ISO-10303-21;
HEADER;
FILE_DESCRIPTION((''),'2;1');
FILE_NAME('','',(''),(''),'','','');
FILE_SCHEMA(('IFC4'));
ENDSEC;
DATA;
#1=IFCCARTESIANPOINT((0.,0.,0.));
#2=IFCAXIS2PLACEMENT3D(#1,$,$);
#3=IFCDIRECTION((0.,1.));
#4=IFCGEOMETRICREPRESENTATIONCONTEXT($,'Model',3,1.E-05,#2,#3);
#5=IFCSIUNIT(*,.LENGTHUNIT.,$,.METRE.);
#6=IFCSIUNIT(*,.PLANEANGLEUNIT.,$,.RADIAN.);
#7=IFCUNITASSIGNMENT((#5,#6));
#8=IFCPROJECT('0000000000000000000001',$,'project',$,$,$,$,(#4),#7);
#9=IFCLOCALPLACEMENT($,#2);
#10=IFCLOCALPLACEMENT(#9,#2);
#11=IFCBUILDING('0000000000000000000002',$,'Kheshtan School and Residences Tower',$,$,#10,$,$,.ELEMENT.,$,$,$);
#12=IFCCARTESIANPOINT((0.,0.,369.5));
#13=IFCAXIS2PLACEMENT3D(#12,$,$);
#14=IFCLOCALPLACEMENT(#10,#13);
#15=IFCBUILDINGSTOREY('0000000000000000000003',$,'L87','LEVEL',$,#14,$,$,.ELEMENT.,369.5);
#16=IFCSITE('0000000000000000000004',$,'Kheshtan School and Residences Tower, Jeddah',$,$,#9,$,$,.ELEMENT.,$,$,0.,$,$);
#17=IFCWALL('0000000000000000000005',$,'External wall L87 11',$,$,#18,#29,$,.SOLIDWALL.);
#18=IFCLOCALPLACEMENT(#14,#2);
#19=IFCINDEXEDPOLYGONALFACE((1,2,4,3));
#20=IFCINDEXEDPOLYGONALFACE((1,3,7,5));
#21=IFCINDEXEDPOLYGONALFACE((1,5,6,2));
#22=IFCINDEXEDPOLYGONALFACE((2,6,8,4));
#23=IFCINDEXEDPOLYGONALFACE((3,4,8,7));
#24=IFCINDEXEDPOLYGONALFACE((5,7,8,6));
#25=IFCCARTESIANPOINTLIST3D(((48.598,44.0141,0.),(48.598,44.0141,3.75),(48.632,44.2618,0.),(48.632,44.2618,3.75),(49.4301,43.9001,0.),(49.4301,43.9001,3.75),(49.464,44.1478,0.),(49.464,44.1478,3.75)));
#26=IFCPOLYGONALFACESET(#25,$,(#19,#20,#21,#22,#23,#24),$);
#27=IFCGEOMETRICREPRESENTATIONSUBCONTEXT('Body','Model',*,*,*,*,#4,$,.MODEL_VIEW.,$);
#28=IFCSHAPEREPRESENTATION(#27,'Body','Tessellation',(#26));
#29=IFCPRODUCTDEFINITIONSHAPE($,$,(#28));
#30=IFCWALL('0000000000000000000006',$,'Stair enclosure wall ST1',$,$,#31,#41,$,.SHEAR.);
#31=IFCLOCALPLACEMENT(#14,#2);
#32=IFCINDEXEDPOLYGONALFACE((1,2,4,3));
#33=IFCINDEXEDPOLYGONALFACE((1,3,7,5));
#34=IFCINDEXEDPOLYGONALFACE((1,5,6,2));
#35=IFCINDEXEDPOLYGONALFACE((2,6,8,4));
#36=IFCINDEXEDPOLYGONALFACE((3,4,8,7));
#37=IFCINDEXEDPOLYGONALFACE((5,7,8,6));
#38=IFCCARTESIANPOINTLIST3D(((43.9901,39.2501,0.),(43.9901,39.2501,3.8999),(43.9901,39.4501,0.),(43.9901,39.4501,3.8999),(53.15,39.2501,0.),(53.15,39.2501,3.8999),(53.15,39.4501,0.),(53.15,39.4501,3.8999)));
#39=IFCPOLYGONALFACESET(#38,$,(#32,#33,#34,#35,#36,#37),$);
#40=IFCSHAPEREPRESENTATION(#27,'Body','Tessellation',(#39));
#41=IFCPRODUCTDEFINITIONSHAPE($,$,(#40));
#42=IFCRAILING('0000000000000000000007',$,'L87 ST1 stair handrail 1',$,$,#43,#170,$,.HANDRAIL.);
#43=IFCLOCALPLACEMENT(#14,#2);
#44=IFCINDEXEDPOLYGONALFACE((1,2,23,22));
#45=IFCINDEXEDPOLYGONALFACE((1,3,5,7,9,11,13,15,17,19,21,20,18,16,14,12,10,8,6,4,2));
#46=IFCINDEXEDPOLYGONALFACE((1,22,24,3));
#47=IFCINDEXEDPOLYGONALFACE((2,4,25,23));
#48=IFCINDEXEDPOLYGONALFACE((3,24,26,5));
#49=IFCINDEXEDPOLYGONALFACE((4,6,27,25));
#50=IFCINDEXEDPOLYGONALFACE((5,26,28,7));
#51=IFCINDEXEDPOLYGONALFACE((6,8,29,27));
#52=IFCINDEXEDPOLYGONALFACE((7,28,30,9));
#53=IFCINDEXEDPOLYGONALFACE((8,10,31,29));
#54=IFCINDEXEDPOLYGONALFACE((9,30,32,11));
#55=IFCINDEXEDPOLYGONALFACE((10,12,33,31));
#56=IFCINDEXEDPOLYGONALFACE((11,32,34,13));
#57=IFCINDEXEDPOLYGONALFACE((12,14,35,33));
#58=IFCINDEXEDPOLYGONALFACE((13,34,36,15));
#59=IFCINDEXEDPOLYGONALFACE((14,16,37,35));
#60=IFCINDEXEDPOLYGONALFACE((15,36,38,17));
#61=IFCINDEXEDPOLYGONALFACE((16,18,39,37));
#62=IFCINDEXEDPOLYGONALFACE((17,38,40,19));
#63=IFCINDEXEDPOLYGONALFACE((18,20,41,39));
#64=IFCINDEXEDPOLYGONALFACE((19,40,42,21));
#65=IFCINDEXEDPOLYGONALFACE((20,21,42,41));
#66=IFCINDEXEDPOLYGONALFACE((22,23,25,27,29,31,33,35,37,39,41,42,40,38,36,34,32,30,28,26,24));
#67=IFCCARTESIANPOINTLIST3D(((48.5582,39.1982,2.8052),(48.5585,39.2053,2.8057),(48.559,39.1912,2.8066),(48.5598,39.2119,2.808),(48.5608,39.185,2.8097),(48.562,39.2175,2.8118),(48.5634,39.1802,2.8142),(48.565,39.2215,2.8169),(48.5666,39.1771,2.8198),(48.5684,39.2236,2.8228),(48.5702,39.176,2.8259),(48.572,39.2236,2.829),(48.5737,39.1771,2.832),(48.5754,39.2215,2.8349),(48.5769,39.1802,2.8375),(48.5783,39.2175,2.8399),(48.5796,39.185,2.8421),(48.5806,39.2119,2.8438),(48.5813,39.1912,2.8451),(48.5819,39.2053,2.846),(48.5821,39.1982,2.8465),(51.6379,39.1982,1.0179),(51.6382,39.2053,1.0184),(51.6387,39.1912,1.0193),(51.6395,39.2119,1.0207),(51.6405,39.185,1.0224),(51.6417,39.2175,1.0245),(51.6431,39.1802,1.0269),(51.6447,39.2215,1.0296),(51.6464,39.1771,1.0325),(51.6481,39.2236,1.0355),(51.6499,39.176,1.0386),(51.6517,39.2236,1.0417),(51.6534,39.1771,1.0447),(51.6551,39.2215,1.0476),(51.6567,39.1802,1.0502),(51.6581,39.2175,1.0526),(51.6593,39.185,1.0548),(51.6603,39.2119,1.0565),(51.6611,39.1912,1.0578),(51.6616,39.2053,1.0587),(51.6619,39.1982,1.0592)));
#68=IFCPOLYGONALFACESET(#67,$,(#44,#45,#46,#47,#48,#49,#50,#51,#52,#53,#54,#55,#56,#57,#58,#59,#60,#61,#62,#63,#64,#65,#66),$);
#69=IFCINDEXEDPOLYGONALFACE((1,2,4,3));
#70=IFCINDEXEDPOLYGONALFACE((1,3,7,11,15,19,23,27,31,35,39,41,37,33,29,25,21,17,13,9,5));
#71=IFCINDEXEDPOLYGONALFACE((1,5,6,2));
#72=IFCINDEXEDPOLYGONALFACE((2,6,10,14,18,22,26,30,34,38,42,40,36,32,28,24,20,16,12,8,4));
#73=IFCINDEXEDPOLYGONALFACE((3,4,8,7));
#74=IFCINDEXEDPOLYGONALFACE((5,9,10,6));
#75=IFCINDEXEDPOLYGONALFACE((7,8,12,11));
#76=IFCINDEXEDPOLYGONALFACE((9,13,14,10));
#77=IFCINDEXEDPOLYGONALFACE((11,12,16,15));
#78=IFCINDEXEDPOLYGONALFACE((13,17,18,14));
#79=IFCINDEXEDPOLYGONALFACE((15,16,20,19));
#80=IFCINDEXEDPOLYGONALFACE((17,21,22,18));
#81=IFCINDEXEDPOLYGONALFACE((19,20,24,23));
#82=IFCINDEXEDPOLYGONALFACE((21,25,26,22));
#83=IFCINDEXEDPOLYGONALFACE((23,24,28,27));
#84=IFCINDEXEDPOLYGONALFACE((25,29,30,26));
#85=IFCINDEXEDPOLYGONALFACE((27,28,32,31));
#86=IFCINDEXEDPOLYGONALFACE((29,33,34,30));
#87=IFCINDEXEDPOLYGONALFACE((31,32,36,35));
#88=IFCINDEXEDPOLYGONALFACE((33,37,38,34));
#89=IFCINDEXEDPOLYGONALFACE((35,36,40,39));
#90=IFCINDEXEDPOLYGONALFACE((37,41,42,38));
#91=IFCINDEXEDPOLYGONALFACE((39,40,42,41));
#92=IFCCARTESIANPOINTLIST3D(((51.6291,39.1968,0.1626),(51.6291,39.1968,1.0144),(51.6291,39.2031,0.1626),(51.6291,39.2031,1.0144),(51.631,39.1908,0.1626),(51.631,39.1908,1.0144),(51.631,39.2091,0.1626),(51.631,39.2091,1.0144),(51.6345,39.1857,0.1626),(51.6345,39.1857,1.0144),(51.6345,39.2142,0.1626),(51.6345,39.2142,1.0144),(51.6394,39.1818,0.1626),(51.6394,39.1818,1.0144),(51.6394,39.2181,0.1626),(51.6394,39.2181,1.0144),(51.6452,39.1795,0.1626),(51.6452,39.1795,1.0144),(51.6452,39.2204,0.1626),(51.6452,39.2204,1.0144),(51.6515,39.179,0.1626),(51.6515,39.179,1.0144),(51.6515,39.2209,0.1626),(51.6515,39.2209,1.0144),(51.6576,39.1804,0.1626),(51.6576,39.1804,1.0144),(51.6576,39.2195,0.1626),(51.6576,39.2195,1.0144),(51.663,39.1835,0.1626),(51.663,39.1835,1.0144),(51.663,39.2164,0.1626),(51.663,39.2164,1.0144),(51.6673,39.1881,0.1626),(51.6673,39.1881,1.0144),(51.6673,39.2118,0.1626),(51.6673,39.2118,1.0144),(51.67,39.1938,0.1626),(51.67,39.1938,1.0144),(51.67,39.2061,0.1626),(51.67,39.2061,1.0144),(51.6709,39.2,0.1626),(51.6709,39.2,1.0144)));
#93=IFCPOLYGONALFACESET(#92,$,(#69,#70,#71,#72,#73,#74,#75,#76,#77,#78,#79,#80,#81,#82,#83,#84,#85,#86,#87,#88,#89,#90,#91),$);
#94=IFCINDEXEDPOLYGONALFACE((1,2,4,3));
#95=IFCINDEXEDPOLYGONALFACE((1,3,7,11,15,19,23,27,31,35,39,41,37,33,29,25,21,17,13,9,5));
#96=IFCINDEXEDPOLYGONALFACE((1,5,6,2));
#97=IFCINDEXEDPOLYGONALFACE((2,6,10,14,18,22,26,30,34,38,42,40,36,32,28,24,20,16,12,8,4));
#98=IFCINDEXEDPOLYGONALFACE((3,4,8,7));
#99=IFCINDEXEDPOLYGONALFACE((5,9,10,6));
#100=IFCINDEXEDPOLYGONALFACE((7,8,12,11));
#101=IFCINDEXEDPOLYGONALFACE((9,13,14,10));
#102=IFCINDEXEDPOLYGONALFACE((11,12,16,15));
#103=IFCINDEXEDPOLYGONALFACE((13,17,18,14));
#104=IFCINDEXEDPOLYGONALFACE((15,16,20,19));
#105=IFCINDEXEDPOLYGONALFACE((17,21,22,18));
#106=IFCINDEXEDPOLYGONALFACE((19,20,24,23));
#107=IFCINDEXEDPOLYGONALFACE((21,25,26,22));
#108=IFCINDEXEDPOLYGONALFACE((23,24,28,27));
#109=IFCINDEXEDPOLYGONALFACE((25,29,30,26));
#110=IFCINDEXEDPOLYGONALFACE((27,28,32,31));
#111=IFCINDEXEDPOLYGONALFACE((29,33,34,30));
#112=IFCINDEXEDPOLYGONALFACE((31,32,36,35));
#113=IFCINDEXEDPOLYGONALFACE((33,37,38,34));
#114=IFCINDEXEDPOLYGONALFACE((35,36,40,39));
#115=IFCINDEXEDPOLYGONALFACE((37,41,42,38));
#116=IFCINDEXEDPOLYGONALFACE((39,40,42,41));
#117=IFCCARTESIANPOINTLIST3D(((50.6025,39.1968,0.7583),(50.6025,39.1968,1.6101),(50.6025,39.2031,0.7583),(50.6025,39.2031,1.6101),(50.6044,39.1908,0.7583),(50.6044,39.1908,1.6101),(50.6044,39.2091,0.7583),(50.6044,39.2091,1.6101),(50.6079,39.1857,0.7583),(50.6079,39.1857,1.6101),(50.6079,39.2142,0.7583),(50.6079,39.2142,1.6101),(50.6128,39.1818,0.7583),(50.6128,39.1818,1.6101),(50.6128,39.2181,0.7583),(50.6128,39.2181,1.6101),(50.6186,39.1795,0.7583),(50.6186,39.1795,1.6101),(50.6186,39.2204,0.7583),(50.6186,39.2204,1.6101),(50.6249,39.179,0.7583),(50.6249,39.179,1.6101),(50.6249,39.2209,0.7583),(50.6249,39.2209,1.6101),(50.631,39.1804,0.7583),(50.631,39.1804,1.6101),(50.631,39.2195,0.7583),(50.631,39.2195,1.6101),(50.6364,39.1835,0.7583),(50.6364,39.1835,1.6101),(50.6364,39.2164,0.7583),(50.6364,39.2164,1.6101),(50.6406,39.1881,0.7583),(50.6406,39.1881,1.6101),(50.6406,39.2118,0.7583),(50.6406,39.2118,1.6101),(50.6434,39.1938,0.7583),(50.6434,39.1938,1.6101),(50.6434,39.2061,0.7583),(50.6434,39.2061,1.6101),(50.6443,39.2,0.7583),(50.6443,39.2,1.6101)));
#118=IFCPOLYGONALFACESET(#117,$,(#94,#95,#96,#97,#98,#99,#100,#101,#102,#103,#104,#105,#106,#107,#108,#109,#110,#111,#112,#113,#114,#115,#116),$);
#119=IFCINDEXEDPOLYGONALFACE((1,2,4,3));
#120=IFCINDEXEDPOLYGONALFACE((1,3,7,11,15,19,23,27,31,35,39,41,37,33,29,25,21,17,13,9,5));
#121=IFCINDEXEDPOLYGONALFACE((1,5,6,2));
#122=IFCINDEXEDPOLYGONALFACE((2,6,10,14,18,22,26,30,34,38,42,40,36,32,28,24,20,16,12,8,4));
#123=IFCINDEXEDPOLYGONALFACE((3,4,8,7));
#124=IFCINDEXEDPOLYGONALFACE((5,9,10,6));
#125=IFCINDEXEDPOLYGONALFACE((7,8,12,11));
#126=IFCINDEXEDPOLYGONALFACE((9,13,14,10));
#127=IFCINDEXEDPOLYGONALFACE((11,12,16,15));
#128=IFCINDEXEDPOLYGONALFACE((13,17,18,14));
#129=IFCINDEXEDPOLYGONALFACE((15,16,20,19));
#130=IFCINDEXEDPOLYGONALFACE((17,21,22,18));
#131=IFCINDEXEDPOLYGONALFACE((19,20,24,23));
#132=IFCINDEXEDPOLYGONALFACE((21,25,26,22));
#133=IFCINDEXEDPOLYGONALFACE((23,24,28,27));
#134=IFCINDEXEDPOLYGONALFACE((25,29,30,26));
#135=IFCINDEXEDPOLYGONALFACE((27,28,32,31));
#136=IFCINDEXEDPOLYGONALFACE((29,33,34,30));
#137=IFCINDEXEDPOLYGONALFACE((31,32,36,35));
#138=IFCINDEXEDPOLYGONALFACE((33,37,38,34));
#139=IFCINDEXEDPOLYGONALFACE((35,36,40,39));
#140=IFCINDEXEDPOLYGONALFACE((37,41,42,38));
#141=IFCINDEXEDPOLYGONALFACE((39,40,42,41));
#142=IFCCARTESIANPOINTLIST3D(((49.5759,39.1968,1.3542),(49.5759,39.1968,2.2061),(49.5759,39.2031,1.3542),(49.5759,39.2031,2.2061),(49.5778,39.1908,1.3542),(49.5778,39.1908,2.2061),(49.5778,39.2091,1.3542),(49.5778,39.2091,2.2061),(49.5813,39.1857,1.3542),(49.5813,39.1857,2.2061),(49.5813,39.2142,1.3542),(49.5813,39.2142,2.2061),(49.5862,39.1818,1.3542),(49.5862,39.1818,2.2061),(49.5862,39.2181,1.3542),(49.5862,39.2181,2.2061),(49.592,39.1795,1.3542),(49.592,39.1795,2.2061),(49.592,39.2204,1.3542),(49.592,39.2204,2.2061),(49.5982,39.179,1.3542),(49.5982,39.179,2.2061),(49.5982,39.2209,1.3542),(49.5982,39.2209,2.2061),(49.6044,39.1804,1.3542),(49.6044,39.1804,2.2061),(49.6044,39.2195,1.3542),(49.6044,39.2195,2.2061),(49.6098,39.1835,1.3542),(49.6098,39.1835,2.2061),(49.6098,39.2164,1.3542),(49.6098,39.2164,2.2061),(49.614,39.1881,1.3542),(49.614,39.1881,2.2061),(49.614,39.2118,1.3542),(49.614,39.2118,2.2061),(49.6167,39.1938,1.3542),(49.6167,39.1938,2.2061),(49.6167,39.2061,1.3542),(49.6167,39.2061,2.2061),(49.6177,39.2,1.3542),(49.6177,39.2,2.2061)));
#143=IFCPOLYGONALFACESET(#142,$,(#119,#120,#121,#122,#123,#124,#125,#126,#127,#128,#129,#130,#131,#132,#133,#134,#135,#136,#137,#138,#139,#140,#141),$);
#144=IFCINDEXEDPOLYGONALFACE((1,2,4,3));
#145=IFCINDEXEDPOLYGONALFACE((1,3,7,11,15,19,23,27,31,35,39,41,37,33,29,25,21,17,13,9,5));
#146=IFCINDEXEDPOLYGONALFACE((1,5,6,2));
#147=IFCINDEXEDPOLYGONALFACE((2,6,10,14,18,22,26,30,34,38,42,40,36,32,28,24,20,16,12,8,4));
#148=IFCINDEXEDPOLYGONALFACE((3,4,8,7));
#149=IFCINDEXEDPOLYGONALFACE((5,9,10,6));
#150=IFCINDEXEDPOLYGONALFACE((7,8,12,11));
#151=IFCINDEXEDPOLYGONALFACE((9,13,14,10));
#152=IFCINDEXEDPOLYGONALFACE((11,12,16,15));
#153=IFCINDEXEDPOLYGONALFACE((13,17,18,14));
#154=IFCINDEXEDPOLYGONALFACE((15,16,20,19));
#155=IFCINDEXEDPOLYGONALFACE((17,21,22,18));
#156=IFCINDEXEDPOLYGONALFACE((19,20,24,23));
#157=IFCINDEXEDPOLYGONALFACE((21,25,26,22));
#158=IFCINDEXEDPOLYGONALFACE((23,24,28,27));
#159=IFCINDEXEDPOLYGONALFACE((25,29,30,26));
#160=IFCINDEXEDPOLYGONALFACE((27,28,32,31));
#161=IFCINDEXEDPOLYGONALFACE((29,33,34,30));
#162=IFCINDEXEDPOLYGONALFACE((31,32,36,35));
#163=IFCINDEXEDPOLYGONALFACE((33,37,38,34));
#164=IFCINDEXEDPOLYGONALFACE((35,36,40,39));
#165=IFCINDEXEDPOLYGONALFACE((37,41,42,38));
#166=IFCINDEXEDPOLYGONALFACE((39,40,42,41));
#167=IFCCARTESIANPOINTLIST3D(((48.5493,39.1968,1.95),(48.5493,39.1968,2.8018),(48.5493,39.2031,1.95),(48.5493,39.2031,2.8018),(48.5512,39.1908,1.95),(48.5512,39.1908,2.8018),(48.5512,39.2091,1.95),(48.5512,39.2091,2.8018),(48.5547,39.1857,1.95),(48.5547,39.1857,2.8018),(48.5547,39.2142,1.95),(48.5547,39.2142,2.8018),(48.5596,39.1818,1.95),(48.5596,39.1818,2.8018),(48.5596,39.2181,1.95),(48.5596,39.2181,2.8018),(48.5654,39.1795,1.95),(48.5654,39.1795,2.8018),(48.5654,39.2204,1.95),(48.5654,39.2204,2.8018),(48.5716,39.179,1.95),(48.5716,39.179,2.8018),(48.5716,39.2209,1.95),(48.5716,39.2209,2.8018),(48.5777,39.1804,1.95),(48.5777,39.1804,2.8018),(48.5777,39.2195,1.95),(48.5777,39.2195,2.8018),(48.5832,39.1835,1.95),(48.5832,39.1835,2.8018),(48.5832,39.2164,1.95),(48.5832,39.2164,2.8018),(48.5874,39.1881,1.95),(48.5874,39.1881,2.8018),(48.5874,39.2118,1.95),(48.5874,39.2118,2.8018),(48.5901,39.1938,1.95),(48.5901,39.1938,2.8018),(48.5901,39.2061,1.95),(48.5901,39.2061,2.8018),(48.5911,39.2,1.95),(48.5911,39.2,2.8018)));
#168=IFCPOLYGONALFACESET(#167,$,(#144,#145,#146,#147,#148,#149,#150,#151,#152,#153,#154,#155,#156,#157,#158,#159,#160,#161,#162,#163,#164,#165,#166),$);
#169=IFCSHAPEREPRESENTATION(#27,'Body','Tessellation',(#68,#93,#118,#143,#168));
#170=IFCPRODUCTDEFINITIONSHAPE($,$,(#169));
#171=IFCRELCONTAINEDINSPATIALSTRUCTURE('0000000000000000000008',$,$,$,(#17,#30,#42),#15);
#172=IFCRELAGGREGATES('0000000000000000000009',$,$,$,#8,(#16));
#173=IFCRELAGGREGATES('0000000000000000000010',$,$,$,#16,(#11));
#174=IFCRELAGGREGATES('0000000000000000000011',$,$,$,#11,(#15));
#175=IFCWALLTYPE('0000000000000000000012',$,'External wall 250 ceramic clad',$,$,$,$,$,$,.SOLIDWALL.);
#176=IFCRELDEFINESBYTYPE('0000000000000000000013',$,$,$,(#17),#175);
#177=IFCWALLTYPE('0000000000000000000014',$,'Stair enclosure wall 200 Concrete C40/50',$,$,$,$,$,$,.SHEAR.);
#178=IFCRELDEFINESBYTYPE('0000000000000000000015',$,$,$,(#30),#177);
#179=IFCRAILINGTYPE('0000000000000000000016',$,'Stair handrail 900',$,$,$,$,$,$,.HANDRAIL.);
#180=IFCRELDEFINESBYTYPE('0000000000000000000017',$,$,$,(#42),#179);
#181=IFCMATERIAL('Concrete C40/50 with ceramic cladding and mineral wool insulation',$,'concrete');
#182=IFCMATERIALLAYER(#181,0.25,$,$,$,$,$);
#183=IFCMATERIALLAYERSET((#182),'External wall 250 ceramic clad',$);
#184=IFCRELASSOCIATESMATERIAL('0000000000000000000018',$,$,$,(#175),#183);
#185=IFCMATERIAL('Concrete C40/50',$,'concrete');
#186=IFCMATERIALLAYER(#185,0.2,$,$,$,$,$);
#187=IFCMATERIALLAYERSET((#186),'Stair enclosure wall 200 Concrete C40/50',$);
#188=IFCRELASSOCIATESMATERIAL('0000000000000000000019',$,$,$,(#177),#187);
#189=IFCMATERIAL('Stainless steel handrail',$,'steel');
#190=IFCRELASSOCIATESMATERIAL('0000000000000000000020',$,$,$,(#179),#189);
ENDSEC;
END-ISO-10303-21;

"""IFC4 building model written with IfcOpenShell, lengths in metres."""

from ifc_helpers import new_model, si_unit, direction, frame, frame_2d, origin, origin_2d, place, context, subcontext, project, spatial, rectangle, circle, extrude, material, layer, layer_set, type_object, element, save


model = new_model("IFC4")

# Units and contexts
model_context = context("Model", 3, precision=1e-05, world=origin(), true_north=direction((0.0, 1.0)))
body_context = subcontext(model_context, "Body", "Model", "MODEL_VIEW")
ifc_project = project(units=[si_unit("LENGTHUNIT", "METRE"), si_unit("PLANEANGLEUNIT", "RADIAN")], contexts=[model_context])

# Site, building, storey
site_placement = place(None, origin())
site = spatial("IfcSite", under=ifc_project, at=site_placement, Name="Kheshtan School and Residences Tower, Jeddah", CompositionType="ELEMENT", RefElevation=0.0)
building_placement = place(site_placement, origin())
building = spatial("IfcBuilding", under=site, at=building_placement, Name="Kheshtan School and Residences Tower", CompositionType="ELEMENT")
storey_placement = place(building_placement, frame((0.0, 0.0, 369.5)))
storey = spatial("IfcBuildingStorey", under=building, at=storey_placement, Name="L87", Description="LEVEL", CompositionType="ELEMENT", Elevation=369.5)

# Shared definitions
ifc_material_1 = material(Name="Concrete C40/50 with ceramic cladding and mineral wool insulation", Category="concrete")
ifc_layer_1 = layer(ifc_material_1, 0.25)
ifc_layer_set_1 = layer_set([ifc_layer_1], Name="External wall 250 ceramic clad")
wall_type_1 = type_object("IfcWallType", Name="External wall 250 ceramic clad", PredefinedType="SOLIDWALL", material=ifc_layer_set_1)

# Wall
wall_1_placement = place(storey_placement, frame((48.615, 44.1379, 0.0), z_axis=(0.0, 0.0, 1.0), x_axis=(0.990742, -0.135762, 0.0)))
element("IfcWall", 1, at=wall_1_placement, inside=storey, type_object=wall_type_1, Name="External wall L87 11", PredefinedType="SOLIDWALL", context=body_context, shape_type="SweptSolid", body=[
    extrude(rectangle(XDim=0.8398, YDim=0.25, at=frame_2d((0.4199, 0.0))), origin(), (0.0, 0.0, 1.0), 3.75),
])

# Wall
ifc_material_2 = material(Name="Concrete C40/50", Category="concrete")
ifc_layer_2 = layer(ifc_material_2, 0.2)
ifc_layer_set_2 = layer_set([ifc_layer_2], Name="Stair enclosure wall 200 Concrete C40/50")
wall_type_2 = type_object("IfcWallType", Name="Stair enclosure wall 200 Concrete C40/50", PredefinedType="SHEAR", material=ifc_layer_set_2)
wall_2_placement = place(storey_placement, frame((43.99, 39.3501, 0.0), z_axis=(0.0, 0.0, 1.0), x_axis=(1.0, 0.0, 0.0)))
element("IfcWall", 2, at=wall_2_placement, inside=storey, type_object=wall_type_2, Name="Stair enclosure wall ST1", PredefinedType="SHEAR", context=body_context, shape_type="SweptSolid", body=[
    extrude(rectangle(XDim=9.1599, YDim=0.2, at=frame_2d((4.5801, 0.0))), origin(), (0.0, 0.0, 1.0), 3.8999),
])

# Railing
ifc_material_3 = material(Name="Stainless steel handrail", Category="steel")
railing_type = type_object("IfcRailingType", Name="Stair handrail 900", PredefinedType="HANDRAIL", material=ifc_material_3)
railing_placement = place(storey_placement, frame((51.6499, 39.2, 0.1626)))
element("IfcRailing", 3, at=railing_placement, inside=storey, type_object=railing_type, Name="L87 ST1 stair handrail 1", PredefinedType="HANDRAIL", context=body_context, shape_type="SweptSolid", body=[
    extrude(circle(Radius=0.0239, at=origin_2d()), frame((0.0, 0.0, 0.876), z_axis=(-0.864903, 0.0, 0.501939), x_axis=(0.0, -1.0, 0.0)), (0.0, 0.0, 1.0), 3.5608),
    extrude(circle(Radius=0.021, at=origin_2d()), origin(), (0.0, 0.0, 1.0), 0.8518),
    extrude(circle(Radius=0.021, at=origin_2d()), frame((-1.0266, 0.0, 0.5957)), (0.0, 0.0, 1.0), 0.8518),
    extrude(circle(Radius=0.021, at=origin_2d()), frame((-2.0532, 0.0, 1.1917)), (0.0, 0.0, 1.0), 0.8518),
    extrude(circle(Radius=0.021, at=origin_2d()), frame((-3.0798, 0.0, 1.7874)), (0.0, 0.0, 1.0), 0.8518),
])

save(model, "model.ifc")
